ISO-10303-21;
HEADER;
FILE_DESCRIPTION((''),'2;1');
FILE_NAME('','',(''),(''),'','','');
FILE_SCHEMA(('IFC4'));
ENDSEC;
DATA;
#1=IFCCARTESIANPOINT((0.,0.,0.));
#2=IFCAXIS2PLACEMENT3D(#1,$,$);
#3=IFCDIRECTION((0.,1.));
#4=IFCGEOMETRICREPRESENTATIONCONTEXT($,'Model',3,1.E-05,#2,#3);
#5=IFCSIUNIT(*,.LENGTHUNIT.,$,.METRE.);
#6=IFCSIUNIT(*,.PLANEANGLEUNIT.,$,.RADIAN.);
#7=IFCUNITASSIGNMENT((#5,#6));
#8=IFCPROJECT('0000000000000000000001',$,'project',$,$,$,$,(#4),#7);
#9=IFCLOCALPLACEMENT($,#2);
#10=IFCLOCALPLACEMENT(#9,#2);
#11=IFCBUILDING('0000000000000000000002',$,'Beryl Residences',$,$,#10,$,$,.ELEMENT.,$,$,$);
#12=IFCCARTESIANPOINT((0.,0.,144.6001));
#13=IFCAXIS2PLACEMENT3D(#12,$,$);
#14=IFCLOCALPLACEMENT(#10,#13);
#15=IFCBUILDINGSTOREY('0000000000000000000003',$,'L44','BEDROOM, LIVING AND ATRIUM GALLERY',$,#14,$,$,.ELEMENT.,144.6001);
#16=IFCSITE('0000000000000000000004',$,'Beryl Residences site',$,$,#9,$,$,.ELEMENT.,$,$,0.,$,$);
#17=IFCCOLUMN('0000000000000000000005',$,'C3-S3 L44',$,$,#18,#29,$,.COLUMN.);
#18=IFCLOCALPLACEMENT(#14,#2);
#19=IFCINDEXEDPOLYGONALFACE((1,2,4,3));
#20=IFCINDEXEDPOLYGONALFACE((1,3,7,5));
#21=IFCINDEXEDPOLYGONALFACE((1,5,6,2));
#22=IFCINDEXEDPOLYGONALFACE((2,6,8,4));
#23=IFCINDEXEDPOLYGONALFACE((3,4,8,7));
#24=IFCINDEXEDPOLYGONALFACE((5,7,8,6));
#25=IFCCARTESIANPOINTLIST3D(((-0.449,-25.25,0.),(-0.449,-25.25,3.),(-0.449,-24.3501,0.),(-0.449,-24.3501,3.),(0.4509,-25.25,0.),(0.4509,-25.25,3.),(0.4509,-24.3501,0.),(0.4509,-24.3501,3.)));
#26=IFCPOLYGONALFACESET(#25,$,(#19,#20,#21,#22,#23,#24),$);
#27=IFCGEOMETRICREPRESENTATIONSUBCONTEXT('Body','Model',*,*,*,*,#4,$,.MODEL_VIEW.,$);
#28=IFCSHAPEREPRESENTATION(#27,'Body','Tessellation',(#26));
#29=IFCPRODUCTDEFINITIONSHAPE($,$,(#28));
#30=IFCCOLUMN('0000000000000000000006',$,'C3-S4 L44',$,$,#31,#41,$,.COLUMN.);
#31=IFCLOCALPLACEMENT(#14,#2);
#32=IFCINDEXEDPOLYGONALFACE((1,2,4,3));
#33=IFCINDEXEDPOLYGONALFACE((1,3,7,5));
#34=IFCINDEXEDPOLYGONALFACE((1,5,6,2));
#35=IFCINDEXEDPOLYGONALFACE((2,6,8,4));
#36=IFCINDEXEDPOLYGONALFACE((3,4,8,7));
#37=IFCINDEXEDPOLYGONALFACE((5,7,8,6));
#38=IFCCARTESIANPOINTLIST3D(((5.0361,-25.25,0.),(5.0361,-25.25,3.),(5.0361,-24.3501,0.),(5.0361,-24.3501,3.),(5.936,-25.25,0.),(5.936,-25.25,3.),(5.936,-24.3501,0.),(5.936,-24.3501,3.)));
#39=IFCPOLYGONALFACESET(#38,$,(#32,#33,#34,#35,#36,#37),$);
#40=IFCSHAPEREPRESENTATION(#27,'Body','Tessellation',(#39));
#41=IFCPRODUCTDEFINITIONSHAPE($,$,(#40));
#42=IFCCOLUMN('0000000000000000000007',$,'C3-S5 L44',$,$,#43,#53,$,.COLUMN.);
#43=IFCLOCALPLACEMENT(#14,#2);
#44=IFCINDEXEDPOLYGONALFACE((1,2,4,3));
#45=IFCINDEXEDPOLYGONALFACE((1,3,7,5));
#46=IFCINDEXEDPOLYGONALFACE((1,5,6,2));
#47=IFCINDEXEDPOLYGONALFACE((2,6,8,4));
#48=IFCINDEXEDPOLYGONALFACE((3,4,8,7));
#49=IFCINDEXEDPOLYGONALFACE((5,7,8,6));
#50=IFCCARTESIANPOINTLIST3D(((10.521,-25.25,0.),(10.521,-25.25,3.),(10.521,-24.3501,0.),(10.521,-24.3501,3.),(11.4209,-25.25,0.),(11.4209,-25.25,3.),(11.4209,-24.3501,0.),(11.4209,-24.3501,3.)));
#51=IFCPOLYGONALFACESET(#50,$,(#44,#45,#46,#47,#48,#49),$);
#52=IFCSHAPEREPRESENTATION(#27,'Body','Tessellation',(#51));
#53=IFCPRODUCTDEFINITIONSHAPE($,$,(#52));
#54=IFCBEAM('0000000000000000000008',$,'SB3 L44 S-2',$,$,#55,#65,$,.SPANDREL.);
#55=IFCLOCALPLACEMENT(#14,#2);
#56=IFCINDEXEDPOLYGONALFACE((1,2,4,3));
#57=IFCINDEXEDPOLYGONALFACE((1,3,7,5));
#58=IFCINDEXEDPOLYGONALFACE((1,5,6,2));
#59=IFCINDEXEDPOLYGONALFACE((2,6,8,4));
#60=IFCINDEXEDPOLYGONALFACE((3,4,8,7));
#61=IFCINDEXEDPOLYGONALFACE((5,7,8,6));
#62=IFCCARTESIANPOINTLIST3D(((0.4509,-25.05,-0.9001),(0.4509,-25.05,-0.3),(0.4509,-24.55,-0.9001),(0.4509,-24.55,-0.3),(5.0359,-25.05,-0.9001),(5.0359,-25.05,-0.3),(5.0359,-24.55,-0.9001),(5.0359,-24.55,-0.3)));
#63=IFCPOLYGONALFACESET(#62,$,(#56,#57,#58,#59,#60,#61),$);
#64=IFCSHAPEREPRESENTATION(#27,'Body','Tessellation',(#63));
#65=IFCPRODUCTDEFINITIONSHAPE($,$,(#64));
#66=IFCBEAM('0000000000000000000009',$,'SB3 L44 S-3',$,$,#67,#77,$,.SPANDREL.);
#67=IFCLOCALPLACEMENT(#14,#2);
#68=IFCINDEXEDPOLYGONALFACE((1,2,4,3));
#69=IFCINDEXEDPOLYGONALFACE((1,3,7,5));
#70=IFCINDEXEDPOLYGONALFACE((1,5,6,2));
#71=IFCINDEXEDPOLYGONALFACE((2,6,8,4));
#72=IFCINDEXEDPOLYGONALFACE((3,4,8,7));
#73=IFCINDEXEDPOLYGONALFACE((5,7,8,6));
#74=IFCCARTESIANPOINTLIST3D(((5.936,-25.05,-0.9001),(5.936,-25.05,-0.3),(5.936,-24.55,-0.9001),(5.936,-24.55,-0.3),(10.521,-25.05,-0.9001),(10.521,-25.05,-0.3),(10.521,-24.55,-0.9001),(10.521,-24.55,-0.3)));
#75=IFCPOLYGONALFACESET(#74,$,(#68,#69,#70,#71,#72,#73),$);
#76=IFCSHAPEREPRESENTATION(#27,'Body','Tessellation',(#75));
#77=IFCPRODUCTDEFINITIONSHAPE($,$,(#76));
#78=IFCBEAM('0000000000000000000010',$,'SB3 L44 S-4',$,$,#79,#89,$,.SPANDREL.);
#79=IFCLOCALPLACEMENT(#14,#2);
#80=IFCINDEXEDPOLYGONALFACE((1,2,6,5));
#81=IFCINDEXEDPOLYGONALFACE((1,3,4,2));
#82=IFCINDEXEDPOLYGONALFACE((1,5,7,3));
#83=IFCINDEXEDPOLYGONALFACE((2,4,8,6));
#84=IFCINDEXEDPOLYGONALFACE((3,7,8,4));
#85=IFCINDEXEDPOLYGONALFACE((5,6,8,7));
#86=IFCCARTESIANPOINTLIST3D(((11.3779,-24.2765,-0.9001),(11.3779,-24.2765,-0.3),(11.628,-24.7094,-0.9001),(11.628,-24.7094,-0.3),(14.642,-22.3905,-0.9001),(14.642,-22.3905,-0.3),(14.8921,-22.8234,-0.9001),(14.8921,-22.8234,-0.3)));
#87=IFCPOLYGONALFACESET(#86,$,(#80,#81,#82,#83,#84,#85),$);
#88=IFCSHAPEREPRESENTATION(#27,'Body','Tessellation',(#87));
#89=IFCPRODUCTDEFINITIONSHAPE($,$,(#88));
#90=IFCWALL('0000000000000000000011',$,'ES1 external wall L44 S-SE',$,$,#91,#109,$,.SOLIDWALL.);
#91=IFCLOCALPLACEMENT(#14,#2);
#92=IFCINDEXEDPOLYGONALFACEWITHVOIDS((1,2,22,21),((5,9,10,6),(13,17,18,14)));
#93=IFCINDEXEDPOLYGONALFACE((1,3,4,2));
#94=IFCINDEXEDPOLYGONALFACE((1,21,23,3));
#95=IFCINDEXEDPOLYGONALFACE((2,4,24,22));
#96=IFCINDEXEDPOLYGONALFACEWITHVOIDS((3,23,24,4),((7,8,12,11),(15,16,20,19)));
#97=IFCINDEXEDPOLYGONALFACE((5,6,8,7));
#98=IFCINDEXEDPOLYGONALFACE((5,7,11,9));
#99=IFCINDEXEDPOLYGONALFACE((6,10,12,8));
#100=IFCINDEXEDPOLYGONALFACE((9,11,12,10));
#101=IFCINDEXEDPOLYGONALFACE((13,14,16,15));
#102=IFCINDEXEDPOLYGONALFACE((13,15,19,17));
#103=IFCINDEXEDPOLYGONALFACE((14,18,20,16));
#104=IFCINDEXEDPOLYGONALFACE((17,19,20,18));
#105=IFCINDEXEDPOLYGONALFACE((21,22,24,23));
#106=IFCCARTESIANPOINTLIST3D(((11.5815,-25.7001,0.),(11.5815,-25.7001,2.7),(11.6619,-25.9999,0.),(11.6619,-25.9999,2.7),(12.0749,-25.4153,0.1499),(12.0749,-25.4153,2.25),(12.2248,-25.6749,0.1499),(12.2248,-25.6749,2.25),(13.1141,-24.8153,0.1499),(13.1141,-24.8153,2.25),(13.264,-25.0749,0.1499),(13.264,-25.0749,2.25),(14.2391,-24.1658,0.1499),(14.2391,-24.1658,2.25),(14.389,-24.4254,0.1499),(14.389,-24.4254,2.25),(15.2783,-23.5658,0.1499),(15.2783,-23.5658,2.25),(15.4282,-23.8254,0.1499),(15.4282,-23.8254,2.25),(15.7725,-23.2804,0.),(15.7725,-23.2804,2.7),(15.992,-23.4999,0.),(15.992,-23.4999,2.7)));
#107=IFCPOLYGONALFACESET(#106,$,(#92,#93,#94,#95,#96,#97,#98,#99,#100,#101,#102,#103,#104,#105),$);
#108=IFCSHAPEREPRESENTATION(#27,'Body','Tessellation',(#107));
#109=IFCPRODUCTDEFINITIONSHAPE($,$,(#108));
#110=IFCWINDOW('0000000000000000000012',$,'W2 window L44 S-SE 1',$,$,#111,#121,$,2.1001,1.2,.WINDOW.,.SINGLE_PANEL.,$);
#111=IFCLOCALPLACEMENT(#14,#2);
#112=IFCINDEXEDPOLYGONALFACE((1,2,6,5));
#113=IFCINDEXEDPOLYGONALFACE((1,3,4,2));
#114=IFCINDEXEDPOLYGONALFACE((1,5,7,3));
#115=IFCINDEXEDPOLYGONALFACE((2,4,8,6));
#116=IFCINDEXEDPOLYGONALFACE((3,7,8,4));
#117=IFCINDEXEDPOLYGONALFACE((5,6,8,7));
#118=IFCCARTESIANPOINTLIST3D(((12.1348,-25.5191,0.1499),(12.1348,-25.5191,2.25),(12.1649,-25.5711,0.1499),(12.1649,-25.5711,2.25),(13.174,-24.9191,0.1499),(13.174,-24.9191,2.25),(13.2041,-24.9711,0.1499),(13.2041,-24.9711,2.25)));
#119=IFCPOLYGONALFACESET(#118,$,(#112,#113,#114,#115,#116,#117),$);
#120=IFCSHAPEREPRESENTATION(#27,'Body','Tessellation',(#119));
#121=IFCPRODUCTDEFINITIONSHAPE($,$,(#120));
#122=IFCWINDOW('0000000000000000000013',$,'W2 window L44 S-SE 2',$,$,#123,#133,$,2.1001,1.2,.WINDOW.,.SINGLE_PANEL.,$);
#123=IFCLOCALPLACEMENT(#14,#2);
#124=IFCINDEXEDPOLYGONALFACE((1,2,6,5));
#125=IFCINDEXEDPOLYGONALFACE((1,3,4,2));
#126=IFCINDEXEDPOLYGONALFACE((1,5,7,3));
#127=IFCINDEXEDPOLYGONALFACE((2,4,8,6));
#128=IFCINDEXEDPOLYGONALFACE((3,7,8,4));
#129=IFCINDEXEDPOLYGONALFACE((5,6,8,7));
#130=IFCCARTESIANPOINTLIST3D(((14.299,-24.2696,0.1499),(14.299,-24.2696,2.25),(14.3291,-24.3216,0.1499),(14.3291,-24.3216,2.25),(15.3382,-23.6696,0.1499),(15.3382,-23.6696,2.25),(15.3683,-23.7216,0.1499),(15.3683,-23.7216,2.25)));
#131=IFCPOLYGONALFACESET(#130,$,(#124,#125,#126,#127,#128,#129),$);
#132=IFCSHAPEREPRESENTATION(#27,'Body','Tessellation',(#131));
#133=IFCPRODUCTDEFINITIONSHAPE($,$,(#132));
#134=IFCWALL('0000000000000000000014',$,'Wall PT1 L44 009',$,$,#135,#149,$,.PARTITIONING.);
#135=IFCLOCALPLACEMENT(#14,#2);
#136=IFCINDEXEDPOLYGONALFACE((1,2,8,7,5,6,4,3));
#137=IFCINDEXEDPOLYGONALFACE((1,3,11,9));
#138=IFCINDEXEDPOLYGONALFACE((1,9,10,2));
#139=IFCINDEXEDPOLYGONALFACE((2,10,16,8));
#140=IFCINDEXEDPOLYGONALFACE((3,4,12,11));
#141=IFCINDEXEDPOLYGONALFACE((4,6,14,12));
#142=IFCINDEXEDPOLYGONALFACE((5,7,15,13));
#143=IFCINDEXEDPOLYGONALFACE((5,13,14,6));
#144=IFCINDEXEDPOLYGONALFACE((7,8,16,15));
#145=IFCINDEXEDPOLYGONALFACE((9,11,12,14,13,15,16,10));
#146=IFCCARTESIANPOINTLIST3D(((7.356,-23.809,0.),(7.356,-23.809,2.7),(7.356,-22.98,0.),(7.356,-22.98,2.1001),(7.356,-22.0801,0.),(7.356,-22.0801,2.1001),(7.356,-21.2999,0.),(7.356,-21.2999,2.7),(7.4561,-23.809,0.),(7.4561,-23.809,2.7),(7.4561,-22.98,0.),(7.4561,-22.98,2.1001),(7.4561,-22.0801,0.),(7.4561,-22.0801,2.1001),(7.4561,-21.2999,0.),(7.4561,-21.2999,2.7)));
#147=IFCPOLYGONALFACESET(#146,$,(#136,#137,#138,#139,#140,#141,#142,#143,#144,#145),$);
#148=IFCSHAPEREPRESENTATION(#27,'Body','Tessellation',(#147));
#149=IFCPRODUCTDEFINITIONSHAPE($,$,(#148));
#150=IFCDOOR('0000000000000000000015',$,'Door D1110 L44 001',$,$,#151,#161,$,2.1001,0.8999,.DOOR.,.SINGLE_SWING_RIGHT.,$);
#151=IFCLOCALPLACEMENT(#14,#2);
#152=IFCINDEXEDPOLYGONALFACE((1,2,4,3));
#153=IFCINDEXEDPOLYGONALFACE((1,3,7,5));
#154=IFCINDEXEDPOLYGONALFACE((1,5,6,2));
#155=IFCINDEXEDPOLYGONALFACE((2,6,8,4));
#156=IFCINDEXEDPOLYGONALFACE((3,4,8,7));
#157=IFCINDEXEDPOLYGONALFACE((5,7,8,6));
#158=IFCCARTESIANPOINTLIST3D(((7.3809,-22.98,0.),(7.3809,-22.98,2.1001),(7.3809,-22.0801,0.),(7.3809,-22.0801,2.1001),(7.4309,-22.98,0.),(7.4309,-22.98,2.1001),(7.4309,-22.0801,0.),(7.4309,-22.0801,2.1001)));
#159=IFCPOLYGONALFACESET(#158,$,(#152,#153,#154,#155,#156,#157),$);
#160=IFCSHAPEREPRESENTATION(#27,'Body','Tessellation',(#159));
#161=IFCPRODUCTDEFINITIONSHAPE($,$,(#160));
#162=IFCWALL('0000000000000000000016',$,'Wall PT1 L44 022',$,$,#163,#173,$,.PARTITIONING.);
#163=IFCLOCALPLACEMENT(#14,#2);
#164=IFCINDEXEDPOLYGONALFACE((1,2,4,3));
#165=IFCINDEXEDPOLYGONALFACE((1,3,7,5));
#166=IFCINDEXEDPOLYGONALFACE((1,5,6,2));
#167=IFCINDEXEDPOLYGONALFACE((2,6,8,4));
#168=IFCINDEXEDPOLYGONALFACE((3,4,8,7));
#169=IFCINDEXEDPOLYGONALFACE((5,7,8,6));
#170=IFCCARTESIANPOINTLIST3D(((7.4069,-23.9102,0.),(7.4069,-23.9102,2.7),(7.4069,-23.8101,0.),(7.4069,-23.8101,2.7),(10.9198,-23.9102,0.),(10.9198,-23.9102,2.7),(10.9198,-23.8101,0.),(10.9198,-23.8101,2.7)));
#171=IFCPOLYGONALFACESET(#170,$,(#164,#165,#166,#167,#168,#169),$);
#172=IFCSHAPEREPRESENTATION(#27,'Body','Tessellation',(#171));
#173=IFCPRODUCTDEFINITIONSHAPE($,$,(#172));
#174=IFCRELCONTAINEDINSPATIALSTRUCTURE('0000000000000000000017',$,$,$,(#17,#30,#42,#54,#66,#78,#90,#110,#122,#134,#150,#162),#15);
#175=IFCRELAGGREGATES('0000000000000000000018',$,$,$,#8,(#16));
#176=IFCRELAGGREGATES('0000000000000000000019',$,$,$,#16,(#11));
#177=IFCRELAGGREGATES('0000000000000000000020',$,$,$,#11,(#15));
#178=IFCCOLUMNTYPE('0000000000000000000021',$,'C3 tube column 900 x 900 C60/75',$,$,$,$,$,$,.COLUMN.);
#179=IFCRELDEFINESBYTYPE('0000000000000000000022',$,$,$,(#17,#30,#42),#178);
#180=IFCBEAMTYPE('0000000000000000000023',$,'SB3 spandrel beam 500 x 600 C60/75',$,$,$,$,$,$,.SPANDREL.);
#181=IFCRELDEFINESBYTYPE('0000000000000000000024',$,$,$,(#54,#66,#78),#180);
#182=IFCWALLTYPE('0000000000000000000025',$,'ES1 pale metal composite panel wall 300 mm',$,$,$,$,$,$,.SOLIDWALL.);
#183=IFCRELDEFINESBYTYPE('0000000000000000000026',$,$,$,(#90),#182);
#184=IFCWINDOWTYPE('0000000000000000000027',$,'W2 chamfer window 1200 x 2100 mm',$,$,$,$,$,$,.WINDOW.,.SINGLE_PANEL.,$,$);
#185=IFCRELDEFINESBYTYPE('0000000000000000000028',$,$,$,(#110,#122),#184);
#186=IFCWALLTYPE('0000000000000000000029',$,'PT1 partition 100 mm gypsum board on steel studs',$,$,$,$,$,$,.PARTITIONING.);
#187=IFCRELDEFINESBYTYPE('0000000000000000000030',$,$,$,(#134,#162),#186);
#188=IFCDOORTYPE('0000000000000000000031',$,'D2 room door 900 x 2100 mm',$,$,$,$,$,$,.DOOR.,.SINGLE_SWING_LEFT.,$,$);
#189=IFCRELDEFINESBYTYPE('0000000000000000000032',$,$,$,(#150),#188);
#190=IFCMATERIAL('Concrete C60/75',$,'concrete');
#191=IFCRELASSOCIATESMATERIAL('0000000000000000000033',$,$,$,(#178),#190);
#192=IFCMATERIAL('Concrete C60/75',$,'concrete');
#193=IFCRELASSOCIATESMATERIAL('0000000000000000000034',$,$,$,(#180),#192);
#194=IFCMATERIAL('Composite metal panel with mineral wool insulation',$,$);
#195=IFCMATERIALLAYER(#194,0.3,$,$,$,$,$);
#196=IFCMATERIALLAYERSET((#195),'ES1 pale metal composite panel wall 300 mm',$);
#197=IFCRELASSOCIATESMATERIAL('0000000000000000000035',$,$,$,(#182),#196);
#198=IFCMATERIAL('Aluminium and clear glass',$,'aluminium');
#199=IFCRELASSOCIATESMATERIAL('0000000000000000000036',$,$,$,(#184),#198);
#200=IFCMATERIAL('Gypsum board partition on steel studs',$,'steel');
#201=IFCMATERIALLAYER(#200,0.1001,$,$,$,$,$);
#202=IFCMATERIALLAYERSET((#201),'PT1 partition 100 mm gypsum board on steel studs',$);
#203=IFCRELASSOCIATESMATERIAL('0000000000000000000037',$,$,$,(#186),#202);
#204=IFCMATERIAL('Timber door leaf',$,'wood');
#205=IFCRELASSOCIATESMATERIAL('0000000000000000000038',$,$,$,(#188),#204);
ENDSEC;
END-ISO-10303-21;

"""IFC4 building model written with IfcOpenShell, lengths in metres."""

from ifc_helpers import new_model, si_unit, direction, frame, frame_2d, origin, origin_2d, place, context, subcontext, project, spatial, polyline, rectangle, outline, extrude, material, layer, layer_set, material_profile, profile_set, type_object, element, fill, save


model = new_model("IFC4")

# Units and contexts
model_context = context("Model", 3, precision=1e-05, world=origin(), true_north=direction((0.0, 1.0)))
body_context = subcontext(model_context, "Body", "Model", "MODEL_VIEW")
ifc_project = project(units=[si_unit("LENGTHUNIT", "METRE"), si_unit("PLANEANGLEUNIT", "RADIAN")], contexts=[model_context])

# Site, building, storey
site_placement = place(None, origin())
site = spatial("IfcSite", under=ifc_project, at=site_placement, Name="Beryl Residences site", CompositionType="ELEMENT", RefElevation=0.0)
building_placement = place(site_placement, origin())
building = spatial("IfcBuilding", under=site, at=building_placement, Name="Beryl Residences", CompositionType="ELEMENT")
storey_placement = place(building_placement, frame((0.0, 0.0, 144.6001)))
storey = spatial("IfcBuildingStorey", under=building, at=storey_placement, Name="L44", Description="BEDROOM, LIVING AND ATRIUM GALLERY", CompositionType="ELEMENT", Elevation=144.6001)

# Columns
ifc_material_1 = material(Name="Concrete C60/75", Category="concrete")
ifc_material_profile_1 = material_profile(ifc_material_1, rectangle(XDim=0.8999, YDim=0.8999, at=origin_2d()))
ifc_profile_set_1 = profile_set([ifc_material_profile_1], Name="Concrete C60/75")
column_type = type_object("IfcColumnType", Name="C3 tube column 900 x 900 C60/75", PredefinedType="COLUMN", material=ifc_profile_set_1)
for number, where, z_axis, x_axis, name in (
    (1, (0.001, -24.8, 0.0), (0.0, 0.0, 1.0), (1.0, 0.0, 0.0), "C3-S3 L44"),
    (2, (5.4861, -24.8, 0.0), (0.0, 0.0, 1.0), (1.0, 0.0, 0.0), "C3-S4 L44"),
    (3, (10.9709, -24.8, 0.0), (0.0, 0.0, 1.0), (1.0, 0.0, 0.0), "C3-S5 L44"),
):
    element("IfcColumn", number, at=place(storey_placement, frame(where, z_axis=z_axis, x_axis=x_axis)), inside=storey, type_object=column_type, Name=name, PredefinedType="COLUMN", context=body_context, shape_type="SweptSolid", body=[
        extrude(rectangle(XDim=0.8999, YDim=0.8999, at=origin_2d()), origin(), (0.0, 0.0, 1.0), 3.0),
    ])

# Beams
ifc_material_2 = material(Name="Concrete C60/75", Category="concrete")
ifc_material_profile_2 = material_profile(ifc_material_2, rectangle(XDim=0.5, YDim=0.6001, at=origin_2d()))
ifc_profile_set_2 = profile_set([ifc_material_profile_2], Name="Concrete C60/75")
beam_type = type_object("IfcBeamType", Name="SB3 spandrel beam 500 x 600 C60/75", PredefinedType="SPANDREL", material=ifc_profile_set_2)
for number, where, z_axis, x_axis, name in (
    (4, (0.4509, -24.8, -0.6001), (1.0, 0.0, 0.0), (0.0, 1.0, 0.0), "SB3 L44 S-2"),
    (5, (5.936, -24.8, -0.6001), (1.0, 0.0, 0.0), (0.0, 1.0, 0.0), "SB3 L44 S-3"),
):
    element("IfcBeam", number, at=place(storey_placement, frame(where, z_axis=z_axis, x_axis=x_axis)), inside=storey, type_object=beam_type, Name=name, PredefinedType="SPANDREL", context=body_context, shape_type="SweptSolid", body=[
        extrude(rectangle(XDim=0.5, YDim=0.6001, at=origin_2d()), origin(), (0.0, 0.0, 1.0), 4.585),
    ])
beam_placement = place(storey_placement, frame((11.5029, -24.4929, -0.6001), z_axis=(0.865862, 0.500283, 0.0), x_axis=(-0.500283, 0.865862, 0.0)))
element("IfcBeam", 6, at=beam_placement, inside=storey, type_object=beam_type, Name="SB3 L44 S-4", PredefinedType="SPANDREL", context=body_context, shape_type="SweptSolid", body=[
    extrude(rectangle(XDim=0.5, YDim=0.6001, at=origin_2d()), origin(), (0.0, 0.0, 1.0), 3.7698),
])

# Wall, openings, windows
ifc_material_3 = material(Name="Composite metal panel with mineral wool insulation")
ifc_layer_1 = layer(ifc_material_3, 0.3)
ifc_layer_set_1 = layer_set([ifc_layer_1], Name="ES1 pale metal composite panel wall 300 mm")
wall_type_1 = type_object("IfcWallType", Name="ES1 pale metal composite panel wall 300 mm", PredefinedType="SOLIDWALL", material=ifc_layer_set_1)
wall_1_placement = place(storey_placement, frame((11.5869, -25.8701, 0.0), z_axis=(0.0, 0.0, 1.0), x_axis=(0.866023, 0.500004, 0.0)))
wall_1 = element("IfcWall", 7, at=wall_1_placement, inside=storey, type_object=wall_type_1, Name="ES1 external wall L44 S-SE", PredefinedType="SOLIDWALL", context=body_context, shape_type="SweptSolid", body=[
    extrude(outline(polyline([(0.0, -0.1499), (5.0, -0.1499), (4.9197, 0.1499), (0.0803, 0.1499), (0.0, -0.1499)])), origin(), (0.0, 0.0, 1.0), 2.7),
])
opening_1_placement = place(wall_1_placement, frame((0.6499, 0.0, 0.1499)))
opening_1 = element("IfcOpeningElement", 8, at=opening_1_placement, cuts=wall_1, PredefinedType="OPENING", context=body_context, shape_type="SweptSolid", body=[
    extrude(rectangle(XDim=1.2, YDim=2.1001, at=frame_2d((0.6001, 1.05))), frame((0.0, 0.1599, 0.0), z_axis=(0.0, -1.0, 0.0), x_axis=(1.0, 0.0, 0.0)), (0.0, 0.0, 1.0), 0.3201),
])
opening_2_placement = place(wall_1_placement, frame((3.1489, 0.0, 0.1499)))
opening_2 = element("IfcOpeningElement", 9, at=opening_2_placement, cuts=wall_1, PredefinedType="OPENING", context=body_context, shape_type="SweptSolid", body=[
    extrude(rectangle(XDim=1.2, YDim=2.1001, at=frame_2d((0.6001, 1.05))), frame((0.0, 0.1599, 0.0), z_axis=(0.0, -1.0, 0.0), x_axis=(1.0, 0.0, 0.0)), (0.0, 0.0, 1.0), 0.3201),
])
ifc_material_4 = material(Name="Aluminium and clear glass", Category="aluminium")
window_type = type_object("IfcWindowType", Name="W2 chamfer window 1200 x 2100 mm", PartitioningType="SINGLE_PANEL", PredefinedType="WINDOW", material=ifc_material_4)
window_1_placement = place(opening_1_placement, origin())
window_1 = element("IfcWindow", 10, at=window_1_placement, inside=storey, type_object=window_type, Name="W2 window L44 S-SE 1", OverallHeight=2.1001, OverallWidth=1.2, PartitioningType="SINGLE_PANEL", PredefinedType="WINDOW", context=body_context, shape_type="SweptSolid", body=[
    extrude(rectangle(XDim=1.2, YDim=2.1001, at=frame_2d((0.6001, 1.05))), frame((0.0, 0.03, 0.0), z_axis=(0.0, -1.0, 0.0), x_axis=(1.0, 0.0, 0.0)), (0.0, 0.0, 1.0), 0.0601),
])
fill(opening_1, window_1)
window_2_placement = place(opening_2_placement, origin())
window_2 = element("IfcWindow", 11, at=window_2_placement, inside=storey, type_object=window_type, Name="W2 window L44 S-SE 2", OverallHeight=2.1001, OverallWidth=1.2, PartitioningType="SINGLE_PANEL", PredefinedType="WINDOW", context=body_context, shape_type="SweptSolid", body=[
    extrude(rectangle(XDim=1.2, YDim=2.1001, at=frame_2d((0.6001, 1.05))), frame((0.0, 0.03, 0.0), z_axis=(0.0, -1.0, 0.0), x_axis=(1.0, 0.0, 0.0)), (0.0, 0.0, 1.0), 0.0601),
])
fill(opening_2, window_2)

# Wall, opening, door
ifc_material_5 = material(Name="Gypsum board partition on steel studs", Category="steel")
ifc_layer_2 = layer(ifc_material_5, 0.1001)
ifc_layer_set_2 = layer_set([ifc_layer_2], Name="PT1 partition 100 mm gypsum board on steel studs")
wall_type_2 = type_object("IfcWallType", Name="PT1 partition 100 mm gypsum board on steel studs", PredefinedType="PARTITIONING", material=ifc_layer_set_2)
wall_2_placement = place(storey_placement, frame((7.406, -21.3, 0.0), z_axis=(0.0, 0.0, 1.0), x_axis=(0.0, -1.0, 0.0)))
wall_2 = element("IfcWall", 12, at=wall_2_placement, inside=storey, type_object=wall_type_2, Name="Wall PT1 L44 009", PredefinedType="PARTITIONING", context=body_context, shape_type="SweptSolid", body=[
    extrude(rectangle(XDim=2.509, YDim=0.1001, at=frame_2d((1.2544, 0.0))), origin(), (0.0, 0.0, 1.0), 2.7),
])
opening_3_placement = place(wall_2_placement, frame((0.78, 0.0, 0.0)))
opening_3 = element("IfcOpeningElement", 13, at=opening_3_placement, cuts=wall_2, PredefinedType="OPENING", context=body_context, shape_type="SweptSolid", body=[
    extrude(rectangle(XDim=0.8999, YDim=2.1001, at=frame_2d((0.45, 1.05))), frame((0.0, 0.0601, 0.0), z_axis=(0.0, -1.0, 0.0), x_axis=(1.0, 0.0, 0.0)), (0.0, 0.0, 1.0), 0.1201),
])
ifc_material_6 = material(Name="Timber door leaf", Category="wood")
door_type_1 = type_object("IfcDoorType", Name="D2 room door 900 x 2100 mm", OperationType="SINGLE_SWING_LEFT", PredefinedType="DOOR", material=ifc_material_6)
door_1_placement = place(opening_3_placement, origin())
door_1 = element("IfcDoor", 14, at=door_1_placement, inside=storey, type_object=door_type_1, Name="Door D1110 L44 001", OperationType="SINGLE_SWING_RIGHT", OverallHeight=2.1001, OverallWidth=0.8999, PredefinedType="DOOR", context=body_context, shape_type="SweptSolid", body=[
    extrude(rectangle(XDim=0.8999, YDim=2.1001, at=frame_2d((0.45, 1.05))), frame((0.0, 0.0249, 0.0), z_axis=(0.0, -1.0, 0.0), x_axis=(1.0, 0.0, 0.0)), (0.0, 0.0, 1.0), 0.05),
])
fill(opening_3, door_1)

# Wall
wall_3_placement = place(storey_placement, frame((7.407, -23.8601, 0.0), z_axis=(0.0, 0.0, 1.0), x_axis=(1.0, 0.0, 0.0)))
element("IfcWall", 15, at=wall_3_placement, inside=storey, type_object=wall_type_2, Name="Wall PT1 L44 022", PredefinedType="PARTITIONING", context=body_context, shape_type="SweptSolid", body=[
    extrude(rectangle(XDim=3.5129, YDim=0.1001, at=frame_2d((1.7563, 0.0))), origin(), (0.0, 0.0, 1.0), 2.7),
])

save(model, "model.ifc")
